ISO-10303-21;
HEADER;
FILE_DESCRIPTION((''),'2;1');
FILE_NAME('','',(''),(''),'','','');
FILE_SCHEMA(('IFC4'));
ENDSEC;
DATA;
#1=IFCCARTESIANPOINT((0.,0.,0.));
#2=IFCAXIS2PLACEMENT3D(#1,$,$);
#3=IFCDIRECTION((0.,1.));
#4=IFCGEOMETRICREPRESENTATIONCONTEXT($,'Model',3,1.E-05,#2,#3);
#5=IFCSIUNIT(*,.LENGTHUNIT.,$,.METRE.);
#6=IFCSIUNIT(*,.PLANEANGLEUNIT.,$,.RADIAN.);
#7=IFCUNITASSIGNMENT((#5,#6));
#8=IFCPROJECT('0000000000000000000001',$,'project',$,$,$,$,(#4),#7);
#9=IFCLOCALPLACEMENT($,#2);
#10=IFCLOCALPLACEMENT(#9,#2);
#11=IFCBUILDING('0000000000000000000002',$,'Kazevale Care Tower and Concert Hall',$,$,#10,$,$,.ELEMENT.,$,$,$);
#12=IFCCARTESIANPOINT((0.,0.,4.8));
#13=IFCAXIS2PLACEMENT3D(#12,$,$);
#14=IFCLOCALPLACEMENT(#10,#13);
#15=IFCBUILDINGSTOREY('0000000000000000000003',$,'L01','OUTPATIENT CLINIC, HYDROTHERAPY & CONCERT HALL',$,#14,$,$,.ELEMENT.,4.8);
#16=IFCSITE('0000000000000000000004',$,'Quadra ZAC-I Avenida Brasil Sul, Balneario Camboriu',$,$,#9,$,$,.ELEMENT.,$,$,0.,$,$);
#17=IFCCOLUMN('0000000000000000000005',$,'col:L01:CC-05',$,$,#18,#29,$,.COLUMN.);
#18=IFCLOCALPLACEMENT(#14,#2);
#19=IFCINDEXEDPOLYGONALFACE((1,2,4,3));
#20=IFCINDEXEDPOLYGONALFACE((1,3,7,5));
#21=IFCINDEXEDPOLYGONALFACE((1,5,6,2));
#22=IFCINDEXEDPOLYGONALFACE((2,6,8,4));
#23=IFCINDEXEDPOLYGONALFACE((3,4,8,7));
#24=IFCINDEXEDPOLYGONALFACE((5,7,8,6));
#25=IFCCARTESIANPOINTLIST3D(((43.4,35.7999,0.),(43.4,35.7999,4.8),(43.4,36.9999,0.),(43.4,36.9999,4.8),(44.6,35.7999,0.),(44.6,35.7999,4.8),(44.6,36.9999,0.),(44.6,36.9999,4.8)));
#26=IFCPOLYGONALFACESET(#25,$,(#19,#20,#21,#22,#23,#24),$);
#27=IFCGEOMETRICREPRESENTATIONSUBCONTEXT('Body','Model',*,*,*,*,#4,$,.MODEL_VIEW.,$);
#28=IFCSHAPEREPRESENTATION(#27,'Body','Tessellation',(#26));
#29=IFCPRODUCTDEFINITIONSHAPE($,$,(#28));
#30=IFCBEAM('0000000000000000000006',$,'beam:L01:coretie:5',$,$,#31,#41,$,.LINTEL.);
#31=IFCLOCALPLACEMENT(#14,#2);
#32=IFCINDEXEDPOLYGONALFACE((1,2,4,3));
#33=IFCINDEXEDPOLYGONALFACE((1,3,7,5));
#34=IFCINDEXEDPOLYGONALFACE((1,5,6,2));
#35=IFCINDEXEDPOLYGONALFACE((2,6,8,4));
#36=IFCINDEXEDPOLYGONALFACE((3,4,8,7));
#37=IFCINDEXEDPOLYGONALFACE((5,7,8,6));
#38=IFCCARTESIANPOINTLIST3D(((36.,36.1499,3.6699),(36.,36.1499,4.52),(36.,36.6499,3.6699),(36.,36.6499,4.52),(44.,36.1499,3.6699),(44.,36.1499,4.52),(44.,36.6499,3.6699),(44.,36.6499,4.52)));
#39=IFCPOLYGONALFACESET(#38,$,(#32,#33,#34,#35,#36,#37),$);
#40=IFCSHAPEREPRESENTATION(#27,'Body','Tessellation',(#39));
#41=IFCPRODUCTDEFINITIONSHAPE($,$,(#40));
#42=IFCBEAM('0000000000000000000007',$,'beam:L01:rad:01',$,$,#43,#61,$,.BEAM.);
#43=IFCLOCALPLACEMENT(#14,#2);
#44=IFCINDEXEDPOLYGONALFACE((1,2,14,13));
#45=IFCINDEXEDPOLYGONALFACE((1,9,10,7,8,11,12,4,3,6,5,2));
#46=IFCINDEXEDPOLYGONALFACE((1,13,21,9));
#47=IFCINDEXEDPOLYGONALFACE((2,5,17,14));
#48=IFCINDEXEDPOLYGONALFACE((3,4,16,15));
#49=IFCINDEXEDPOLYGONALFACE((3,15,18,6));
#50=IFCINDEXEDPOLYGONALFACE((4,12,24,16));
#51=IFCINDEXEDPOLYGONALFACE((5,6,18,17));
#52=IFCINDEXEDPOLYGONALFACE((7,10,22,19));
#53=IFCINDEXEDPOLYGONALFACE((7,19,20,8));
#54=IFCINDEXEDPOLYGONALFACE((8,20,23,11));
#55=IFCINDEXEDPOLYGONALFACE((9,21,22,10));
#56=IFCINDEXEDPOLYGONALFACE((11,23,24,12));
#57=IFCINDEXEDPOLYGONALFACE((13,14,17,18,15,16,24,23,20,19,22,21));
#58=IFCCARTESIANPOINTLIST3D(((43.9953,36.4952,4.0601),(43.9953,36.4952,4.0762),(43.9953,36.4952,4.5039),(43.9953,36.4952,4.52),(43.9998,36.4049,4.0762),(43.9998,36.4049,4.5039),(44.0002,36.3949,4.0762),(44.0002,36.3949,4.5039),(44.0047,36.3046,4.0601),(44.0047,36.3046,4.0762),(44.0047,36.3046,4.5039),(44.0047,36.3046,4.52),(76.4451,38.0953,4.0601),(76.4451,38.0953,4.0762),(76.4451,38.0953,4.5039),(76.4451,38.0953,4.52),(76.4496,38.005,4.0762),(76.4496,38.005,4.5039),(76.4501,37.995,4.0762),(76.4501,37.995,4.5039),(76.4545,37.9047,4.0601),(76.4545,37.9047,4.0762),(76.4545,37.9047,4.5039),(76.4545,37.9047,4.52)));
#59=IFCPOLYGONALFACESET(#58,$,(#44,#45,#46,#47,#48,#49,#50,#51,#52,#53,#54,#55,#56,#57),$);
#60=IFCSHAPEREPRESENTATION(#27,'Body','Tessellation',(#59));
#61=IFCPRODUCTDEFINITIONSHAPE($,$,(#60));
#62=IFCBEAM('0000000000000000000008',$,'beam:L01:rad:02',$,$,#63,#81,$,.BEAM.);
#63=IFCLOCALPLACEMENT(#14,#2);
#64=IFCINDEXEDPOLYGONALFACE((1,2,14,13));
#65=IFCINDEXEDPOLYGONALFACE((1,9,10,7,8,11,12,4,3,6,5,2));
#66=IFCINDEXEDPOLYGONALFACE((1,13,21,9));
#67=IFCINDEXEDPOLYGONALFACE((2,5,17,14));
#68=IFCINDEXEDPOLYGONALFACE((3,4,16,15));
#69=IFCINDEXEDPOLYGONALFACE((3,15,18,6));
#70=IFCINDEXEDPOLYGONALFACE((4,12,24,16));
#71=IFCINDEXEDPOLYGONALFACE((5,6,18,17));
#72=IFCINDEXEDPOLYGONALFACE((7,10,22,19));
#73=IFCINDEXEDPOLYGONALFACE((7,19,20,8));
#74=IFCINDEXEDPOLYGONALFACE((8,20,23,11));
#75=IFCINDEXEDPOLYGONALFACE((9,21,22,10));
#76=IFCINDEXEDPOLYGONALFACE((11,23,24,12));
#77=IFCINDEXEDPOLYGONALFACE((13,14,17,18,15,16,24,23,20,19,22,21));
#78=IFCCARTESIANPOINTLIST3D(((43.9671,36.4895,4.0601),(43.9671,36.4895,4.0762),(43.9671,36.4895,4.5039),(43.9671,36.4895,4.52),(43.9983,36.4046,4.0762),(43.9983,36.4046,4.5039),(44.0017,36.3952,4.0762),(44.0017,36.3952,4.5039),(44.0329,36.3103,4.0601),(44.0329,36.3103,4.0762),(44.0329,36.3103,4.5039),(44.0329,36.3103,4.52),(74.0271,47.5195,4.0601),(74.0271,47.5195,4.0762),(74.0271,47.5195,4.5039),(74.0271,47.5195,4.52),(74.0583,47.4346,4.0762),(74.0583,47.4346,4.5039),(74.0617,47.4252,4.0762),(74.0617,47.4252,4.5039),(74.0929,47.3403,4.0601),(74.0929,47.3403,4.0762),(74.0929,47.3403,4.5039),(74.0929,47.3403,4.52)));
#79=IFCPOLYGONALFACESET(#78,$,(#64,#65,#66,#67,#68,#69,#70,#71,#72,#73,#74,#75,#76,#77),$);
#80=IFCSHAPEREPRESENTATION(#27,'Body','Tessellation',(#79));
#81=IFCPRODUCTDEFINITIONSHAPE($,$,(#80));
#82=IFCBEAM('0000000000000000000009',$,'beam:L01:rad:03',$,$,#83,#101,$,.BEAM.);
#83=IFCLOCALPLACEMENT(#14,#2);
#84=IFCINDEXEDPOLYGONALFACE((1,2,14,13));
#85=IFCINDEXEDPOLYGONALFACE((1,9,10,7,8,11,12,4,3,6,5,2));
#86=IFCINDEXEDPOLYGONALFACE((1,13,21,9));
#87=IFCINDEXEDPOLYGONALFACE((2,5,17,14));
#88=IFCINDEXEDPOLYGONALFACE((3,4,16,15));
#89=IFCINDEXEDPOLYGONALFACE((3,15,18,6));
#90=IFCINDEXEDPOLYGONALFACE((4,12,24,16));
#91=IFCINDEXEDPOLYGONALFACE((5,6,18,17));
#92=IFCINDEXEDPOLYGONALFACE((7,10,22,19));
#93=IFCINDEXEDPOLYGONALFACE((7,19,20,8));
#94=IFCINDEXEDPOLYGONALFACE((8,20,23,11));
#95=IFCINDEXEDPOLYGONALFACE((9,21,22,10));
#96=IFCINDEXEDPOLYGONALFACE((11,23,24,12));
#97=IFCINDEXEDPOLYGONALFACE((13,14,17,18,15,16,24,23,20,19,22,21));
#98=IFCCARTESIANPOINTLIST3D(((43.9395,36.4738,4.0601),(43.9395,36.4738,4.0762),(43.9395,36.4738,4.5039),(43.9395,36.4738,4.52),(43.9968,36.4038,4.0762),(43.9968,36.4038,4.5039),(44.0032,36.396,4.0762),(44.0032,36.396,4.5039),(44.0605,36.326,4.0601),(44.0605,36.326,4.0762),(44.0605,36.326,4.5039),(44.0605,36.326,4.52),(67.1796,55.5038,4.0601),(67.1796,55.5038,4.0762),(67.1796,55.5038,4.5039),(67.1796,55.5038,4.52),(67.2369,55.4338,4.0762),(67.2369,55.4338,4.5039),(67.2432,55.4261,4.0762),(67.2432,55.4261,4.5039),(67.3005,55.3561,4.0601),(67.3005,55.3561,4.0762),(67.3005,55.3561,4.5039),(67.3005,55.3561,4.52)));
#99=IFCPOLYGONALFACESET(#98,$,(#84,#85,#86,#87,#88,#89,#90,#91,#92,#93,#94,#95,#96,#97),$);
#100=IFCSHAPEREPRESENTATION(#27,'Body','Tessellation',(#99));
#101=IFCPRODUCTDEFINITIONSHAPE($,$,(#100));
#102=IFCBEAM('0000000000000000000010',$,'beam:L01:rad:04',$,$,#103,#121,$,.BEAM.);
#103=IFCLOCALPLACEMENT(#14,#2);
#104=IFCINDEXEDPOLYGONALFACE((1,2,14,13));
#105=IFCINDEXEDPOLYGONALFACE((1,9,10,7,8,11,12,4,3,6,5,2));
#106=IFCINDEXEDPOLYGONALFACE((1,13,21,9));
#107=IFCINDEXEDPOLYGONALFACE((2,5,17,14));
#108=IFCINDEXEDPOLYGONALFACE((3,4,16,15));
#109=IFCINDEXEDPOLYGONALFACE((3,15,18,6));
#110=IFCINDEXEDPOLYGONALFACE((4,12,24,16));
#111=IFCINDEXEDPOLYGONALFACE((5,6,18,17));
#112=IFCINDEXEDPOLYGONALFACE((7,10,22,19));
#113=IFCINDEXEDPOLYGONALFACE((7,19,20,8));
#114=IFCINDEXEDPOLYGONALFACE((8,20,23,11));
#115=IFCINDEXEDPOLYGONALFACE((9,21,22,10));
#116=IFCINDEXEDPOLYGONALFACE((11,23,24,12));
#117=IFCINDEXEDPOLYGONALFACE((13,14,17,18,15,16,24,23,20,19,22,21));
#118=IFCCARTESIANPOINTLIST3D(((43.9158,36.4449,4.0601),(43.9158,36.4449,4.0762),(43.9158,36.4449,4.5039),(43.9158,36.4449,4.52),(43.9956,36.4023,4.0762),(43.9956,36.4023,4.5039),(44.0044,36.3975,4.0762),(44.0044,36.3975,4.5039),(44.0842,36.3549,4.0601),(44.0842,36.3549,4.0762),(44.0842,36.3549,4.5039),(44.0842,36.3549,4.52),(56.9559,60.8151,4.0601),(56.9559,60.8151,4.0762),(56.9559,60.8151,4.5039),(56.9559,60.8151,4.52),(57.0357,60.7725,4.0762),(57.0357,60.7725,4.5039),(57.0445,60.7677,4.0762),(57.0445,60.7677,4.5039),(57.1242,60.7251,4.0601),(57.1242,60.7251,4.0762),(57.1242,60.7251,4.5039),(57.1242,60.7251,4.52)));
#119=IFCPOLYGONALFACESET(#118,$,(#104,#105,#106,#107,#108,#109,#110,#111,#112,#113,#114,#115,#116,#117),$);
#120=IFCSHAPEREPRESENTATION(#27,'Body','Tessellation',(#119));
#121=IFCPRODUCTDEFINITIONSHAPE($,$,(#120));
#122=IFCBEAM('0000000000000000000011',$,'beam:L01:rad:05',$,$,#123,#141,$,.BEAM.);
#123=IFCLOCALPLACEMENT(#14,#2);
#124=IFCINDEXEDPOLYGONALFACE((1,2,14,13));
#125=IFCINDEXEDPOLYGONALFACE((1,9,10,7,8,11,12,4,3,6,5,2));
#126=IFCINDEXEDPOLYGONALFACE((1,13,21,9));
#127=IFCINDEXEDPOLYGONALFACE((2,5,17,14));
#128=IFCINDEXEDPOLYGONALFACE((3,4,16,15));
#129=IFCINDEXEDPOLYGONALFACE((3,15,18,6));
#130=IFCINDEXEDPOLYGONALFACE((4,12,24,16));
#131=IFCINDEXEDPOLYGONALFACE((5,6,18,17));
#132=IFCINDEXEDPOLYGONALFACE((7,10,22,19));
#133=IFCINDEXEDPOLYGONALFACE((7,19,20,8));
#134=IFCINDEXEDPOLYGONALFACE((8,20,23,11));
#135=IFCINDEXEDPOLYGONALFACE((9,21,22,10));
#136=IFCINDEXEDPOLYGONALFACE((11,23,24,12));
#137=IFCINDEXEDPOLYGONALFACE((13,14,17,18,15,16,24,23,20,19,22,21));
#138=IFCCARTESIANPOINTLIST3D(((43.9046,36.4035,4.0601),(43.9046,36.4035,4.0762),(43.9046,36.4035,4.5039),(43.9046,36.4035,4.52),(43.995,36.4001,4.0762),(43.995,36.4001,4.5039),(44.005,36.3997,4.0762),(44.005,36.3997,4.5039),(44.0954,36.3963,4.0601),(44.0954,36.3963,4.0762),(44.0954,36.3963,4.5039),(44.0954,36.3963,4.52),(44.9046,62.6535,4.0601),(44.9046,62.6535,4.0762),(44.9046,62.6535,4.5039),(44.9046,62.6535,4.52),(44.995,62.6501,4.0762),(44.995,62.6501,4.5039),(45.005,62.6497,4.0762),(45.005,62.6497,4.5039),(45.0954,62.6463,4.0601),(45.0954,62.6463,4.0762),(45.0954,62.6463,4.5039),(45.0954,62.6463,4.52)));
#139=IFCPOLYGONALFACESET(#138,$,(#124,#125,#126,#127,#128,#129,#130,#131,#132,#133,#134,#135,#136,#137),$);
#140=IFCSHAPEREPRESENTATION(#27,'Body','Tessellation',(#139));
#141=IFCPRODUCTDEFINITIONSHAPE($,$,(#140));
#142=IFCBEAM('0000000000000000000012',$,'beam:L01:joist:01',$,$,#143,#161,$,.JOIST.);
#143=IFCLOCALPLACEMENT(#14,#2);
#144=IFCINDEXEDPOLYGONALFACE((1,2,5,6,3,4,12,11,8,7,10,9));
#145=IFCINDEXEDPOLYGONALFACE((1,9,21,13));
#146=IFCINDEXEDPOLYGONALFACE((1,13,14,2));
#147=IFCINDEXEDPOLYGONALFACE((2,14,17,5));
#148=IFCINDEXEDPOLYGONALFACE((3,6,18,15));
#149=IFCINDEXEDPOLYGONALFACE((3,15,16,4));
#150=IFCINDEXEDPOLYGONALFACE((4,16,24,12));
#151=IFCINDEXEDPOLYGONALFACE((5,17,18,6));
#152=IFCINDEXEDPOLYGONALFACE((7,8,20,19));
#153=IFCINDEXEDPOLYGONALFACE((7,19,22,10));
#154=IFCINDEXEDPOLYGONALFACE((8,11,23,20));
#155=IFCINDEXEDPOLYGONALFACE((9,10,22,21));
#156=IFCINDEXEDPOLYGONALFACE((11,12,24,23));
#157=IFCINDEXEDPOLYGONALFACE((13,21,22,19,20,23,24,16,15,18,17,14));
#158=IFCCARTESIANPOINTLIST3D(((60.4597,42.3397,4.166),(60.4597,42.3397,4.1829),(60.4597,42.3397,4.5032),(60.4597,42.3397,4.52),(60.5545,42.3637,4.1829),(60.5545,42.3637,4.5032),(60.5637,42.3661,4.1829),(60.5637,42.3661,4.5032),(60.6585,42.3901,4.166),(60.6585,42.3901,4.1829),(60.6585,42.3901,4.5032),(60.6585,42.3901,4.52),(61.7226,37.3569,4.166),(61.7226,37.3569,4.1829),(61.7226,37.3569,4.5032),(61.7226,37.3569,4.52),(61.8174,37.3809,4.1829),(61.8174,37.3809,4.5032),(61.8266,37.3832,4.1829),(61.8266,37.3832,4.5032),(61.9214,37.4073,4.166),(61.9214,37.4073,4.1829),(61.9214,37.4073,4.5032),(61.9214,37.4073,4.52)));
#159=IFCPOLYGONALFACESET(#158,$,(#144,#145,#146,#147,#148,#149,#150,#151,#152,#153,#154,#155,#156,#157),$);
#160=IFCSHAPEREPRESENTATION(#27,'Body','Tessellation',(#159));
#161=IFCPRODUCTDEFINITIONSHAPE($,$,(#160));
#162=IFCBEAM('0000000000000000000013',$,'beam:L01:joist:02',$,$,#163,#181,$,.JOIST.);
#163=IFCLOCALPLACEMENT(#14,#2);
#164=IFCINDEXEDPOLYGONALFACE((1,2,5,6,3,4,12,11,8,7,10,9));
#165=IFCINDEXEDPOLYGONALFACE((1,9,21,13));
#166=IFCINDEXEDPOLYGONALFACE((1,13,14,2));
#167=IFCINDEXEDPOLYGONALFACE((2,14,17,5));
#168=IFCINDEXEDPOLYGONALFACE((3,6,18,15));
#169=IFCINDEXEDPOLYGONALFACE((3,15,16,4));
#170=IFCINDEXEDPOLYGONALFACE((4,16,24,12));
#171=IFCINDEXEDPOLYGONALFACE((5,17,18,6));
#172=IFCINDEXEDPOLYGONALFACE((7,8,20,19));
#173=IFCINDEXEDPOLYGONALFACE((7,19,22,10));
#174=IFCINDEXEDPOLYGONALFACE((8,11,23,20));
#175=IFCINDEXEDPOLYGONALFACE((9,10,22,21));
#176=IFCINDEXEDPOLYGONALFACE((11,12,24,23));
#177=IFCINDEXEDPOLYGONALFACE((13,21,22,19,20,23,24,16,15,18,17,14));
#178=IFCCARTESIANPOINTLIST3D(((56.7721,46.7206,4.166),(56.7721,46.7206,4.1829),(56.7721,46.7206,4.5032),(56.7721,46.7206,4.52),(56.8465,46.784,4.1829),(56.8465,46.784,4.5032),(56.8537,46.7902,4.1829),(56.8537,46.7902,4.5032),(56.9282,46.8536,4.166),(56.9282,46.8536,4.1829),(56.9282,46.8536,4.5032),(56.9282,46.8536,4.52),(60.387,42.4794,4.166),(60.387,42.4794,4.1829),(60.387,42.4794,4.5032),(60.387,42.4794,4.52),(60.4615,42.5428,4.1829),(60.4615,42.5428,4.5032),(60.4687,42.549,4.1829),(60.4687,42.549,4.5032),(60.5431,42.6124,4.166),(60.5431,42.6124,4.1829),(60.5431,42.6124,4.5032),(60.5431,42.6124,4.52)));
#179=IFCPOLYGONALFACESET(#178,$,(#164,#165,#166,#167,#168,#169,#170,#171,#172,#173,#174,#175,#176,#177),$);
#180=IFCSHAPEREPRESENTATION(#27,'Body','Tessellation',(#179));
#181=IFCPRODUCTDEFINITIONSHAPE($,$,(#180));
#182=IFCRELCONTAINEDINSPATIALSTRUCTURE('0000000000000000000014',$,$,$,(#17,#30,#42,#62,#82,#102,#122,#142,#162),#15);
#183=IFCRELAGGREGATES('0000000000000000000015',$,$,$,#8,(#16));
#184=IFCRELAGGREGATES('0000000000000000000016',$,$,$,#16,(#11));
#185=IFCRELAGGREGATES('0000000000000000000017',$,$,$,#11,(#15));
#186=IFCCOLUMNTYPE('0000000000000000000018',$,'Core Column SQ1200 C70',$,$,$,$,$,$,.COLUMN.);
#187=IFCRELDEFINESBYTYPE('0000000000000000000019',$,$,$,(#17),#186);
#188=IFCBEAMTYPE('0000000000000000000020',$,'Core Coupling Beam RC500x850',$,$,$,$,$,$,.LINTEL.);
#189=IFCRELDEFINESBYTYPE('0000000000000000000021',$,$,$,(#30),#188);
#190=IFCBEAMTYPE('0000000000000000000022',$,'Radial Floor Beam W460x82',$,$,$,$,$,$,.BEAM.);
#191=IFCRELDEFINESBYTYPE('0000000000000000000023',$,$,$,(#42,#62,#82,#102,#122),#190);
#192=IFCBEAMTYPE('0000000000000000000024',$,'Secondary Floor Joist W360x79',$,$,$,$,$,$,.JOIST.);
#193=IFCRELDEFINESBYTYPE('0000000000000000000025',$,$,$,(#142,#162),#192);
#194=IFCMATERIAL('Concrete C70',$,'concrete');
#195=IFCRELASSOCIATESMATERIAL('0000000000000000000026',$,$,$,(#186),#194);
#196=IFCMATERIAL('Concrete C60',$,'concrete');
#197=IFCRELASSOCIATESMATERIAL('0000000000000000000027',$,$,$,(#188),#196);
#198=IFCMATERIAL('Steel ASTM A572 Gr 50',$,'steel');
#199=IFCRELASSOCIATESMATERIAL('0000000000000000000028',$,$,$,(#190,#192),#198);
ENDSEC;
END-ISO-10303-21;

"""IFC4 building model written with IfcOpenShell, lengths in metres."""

from ifc_helpers import new_model, si_unit, direction, frame, origin, origin_2d, place, context, subcontext, project, spatial, rectangle, i_section, extrude, material, material_profile, profile_set, type_object, element, save


model = new_model("IFC4")

# Units and contexts
model_context = context("Model", 3, precision=1e-05, world=origin(), true_north=direction((0.0, 1.0)))
body_context = subcontext(model_context, "Body", "Model", "MODEL_VIEW")
ifc_project = project(units=[si_unit("LENGTHUNIT", "METRE"), si_unit("PLANEANGLEUNIT", "RADIAN")], contexts=[model_context])

# Site, building, storey
site_placement = place(None, origin())
site = spatial("IfcSite", under=ifc_project, at=site_placement, Name="Quadra ZAC-I Avenida Brasil Sul, Balneario Camboriu", CompositionType="ELEMENT", RefElevation=0.0)
building_placement = place(site_placement, origin())
building = spatial("IfcBuilding", under=site, at=building_placement, Name="Kazevale Care Tower and Concert Hall", CompositionType="ELEMENT")
storey_placement = place(building_placement, frame((0.0, 0.0, 4.8)))
storey = spatial("IfcBuildingStorey", under=building, at=storey_placement, Name="L01", Description="OUTPATIENT CLINIC, HYDROTHERAPY & CONCERT HALL", CompositionType="ELEMENT", Elevation=4.8)

# Column
ifc_material_1 = material(Name="Concrete C70", Category="concrete")
ifc_material_profile_1 = material_profile(ifc_material_1, rectangle(XDim=1.2, YDim=1.2, at=origin_2d()), Name="RC-SQ1200")
ifc_profile_set_1 = profile_set([ifc_material_profile_1], Name="Concrete C70")
column_type = type_object("IfcColumnType", Name="Core Column SQ1200 C70", PredefinedType="COLUMN", material=ifc_profile_set_1)
column_placement = place(storey_placement, frame((44.0, 36.3999, 0.0), z_axis=(0.0, 0.0, 1.0), x_axis=(1.0, 0.0, 0.0)))
element("IfcColumn", 1, at=column_placement, inside=storey, type_object=column_type, Name="col:L01:CC-05", PredefinedType="COLUMN", context=body_context, shape_type="SweptSolid", body=[
    extrude(rectangle(XDim=1.2, YDim=1.2, at=origin_2d()), origin(), (0.0, 0.0, 1.0), 4.8),
])

# Beams
ifc_material_2 = material(Name="Concrete C60", Category="concrete")
ifc_material_profile_2 = material_profile(ifc_material_2, rectangle(XDim=0.5, YDim=0.8501, at=origin_2d()), Name="RC-B500x850")
ifc_profile_set_2 = profile_set([ifc_material_profile_2], Name="Concrete C60")
beam_type_1 = type_object("IfcBeamType", Name="Core Coupling Beam RC500x850", PredefinedType="LINTEL", material=ifc_profile_set_2)
beam_1_placement = place(storey_placement, frame((44.0, 36.3999, 4.095), z_axis=(-1.0, 0.0, 0.0), x_axis=(0.0, -1.0, 0.0)))
element("IfcBeam", 2, at=beam_1_placement, inside=storey, type_object=beam_type_1, Name="beam:L01:coretie:5", PredefinedType="LINTEL", context=body_context, shape_type="SweptSolid", body=[
    extrude(rectangle(XDim=0.5, YDim=0.8501, at=origin_2d()), origin(), (0.0, 0.0, 1.0), 8.0),
])
ifc_material_3 = material(Name="Steel ASTM A572 Gr 50", Category="steel")
ifc_material_profile_3 = material_profile(ifc_material_3, i_section(OverallWidth=0.1909, OverallDepth=0.46, WebThickness=0.01, FlangeThickness=0.0161, at=origin_2d()), Name="W460x82")
ifc_profile_set_3 = profile_set([ifc_material_profile_3], Name="Steel ASTM A572 Gr 50")
beam_type_2 = type_object("IfcBeamType", Name="Radial Floor Beam W460x82", PredefinedType="BEAM", material=ifc_profile_set_3)
beam_2_placement = place(storey_placement, frame((44.0, 36.3999, 4.29), z_axis=(0.998786, 0.04925, 0.0), x_axis=(-0.04925, 0.998786, 0.0)))
element("IfcBeam", 3, at=beam_2_placement, inside=storey, type_object=beam_type_2, Name="beam:L01:rad:01", PredefinedType="BEAM", context=body_context, shape_type="SweptSolid", body=[
    extrude(i_section(OverallWidth=0.1909, OverallDepth=0.46, WebThickness=0.01, FlangeThickness=0.0161, at=origin_2d()), origin(), (0.0, 0.0, 1.0), 32.4893),
])
beam_3_placement = place(storey_placement, frame((44.0, 36.3999, 4.29), z_axis=(0.938795, 0.344475, 0.0), x_axis=(-0.344475, 0.938795, 0.0)))
element("IfcBeam", 4, at=beam_3_placement, inside=storey, type_object=beam_type_2, Name="beam:L01:rad:02", PredefinedType="BEAM", context=body_context, shape_type="SweptSolid", body=[
    extrude(i_section(OverallWidth=0.1909, OverallDepth=0.46, WebThickness=0.01, FlangeThickness=0.0161, at=origin_2d()), origin(), (0.0, 0.0, 1.0), 32.0198),
])
beam_4_placement = place(storey_placement, frame((44.0, 36.3999, 4.29), z_axis=(0.773704, 0.633547, 0.0), x_axis=(-0.633547, 0.773704, 0.0)))
element("IfcBeam", 5, at=beam_4_placement, inside=storey, type_object=beam_type_2, Name="beam:L01:rad:03", PredefinedType="BEAM", context=body_context, shape_type="SweptSolid", body=[
    extrude(i_section(OverallWidth=0.1909, OverallDepth=0.46, WebThickness=0.01, FlangeThickness=0.0161, at=origin_2d()), origin(), (0.0, 0.0, 1.0), 30.0374),
])
beam_5_placement = place(storey_placement, frame((44.0, 36.3999, 4.29), z_axis=(0.471789, 0.881712, 0.0), x_axis=(-0.881712, 0.471789, 0.0)))
element("IfcBeam", 6, at=beam_5_placement, inside=storey, type_object=beam_type_2, Name="beam:L01:rad:04", PredefinedType="BEAM", context=body_context, shape_type="SweptSolid", body=[
    extrude(i_section(OverallWidth=0.1909, OverallDepth=0.46, WebThickness=0.01, FlangeThickness=0.0161, at=origin_2d()), origin(), (0.0, 0.0, 1.0), 27.6396),
])
beam_6_placement = place(storey_placement, frame((44.0, 36.3999, 4.29), z_axis=(0.038068, 0.999275, 0.0), x_axis=(-0.999275, 0.038068, 0.0)))
element("IfcBeam", 7, at=beam_6_placement, inside=storey, type_object=beam_type_2, Name="beam:L01:rad:05", PredefinedType="BEAM", context=body_context, shape_type="SweptSolid", body=[
    extrude(i_section(OverallWidth=0.1909, OverallDepth=0.46, WebThickness=0.01, FlangeThickness=0.0161, at=origin_2d()), origin(), (0.0, 0.0, 1.0), 26.269),
])
ifc_material_profile_4 = material_profile(ifc_material_3, i_section(OverallWidth=0.2051, OverallDepth=0.354, WebThickness=0.0095, FlangeThickness=0.0168, at=origin_2d()), Name="W360x79")
ifc_profile_set_4 = profile_set([ifc_material_profile_4], Name="Steel ASTM A572 Gr 50")
beam_type_3 = type_object("IfcBeamType", Name="Secondary Floor Joist W360x79", PredefinedType="JOIST", material=ifc_profile_set_4)
beam_7_placement = place(storey_placement, frame((61.822, 37.3821, 4.343), z_axis=(-0.245686, 0.96935, 0.0), x_axis=(-0.96935, -0.245686, 0.0)))
element("IfcBeam", 8, at=beam_7_placement, inside=storey, type_object=beam_type_3, Name="beam:L01:joist:01", PredefinedType="JOIST", context=body_context, shape_type="SweptSolid", body=[
    extrude(i_section(OverallWidth=0.2051, OverallDepth=0.354, WebThickness=0.0095, FlangeThickness=0.0168, at=origin_2d()), origin(), (0.0, 0.0, 1.0), 5.1404),
])
beam_8_placement = place(storey_placement, frame((60.4651, 42.5459, 4.343), z_axis=(-0.648686, 0.761057, 0.0), x_axis=(-0.761057, -0.648686, 0.0)))
element("IfcBeam", 9, at=beam_8_placement, inside=storey, type_object=beam_type_3, Name="beam:L01:joist:02", PredefinedType="JOIST", context=body_context, shape_type="SweptSolid", body=[
    extrude(i_section(OverallWidth=0.2051, OverallDepth=0.354, WebThickness=0.0095, FlangeThickness=0.0168, at=origin_2d()), origin(), (0.0, 0.0, 1.0), 5.5728),
])

save(model, "model.ifc")
